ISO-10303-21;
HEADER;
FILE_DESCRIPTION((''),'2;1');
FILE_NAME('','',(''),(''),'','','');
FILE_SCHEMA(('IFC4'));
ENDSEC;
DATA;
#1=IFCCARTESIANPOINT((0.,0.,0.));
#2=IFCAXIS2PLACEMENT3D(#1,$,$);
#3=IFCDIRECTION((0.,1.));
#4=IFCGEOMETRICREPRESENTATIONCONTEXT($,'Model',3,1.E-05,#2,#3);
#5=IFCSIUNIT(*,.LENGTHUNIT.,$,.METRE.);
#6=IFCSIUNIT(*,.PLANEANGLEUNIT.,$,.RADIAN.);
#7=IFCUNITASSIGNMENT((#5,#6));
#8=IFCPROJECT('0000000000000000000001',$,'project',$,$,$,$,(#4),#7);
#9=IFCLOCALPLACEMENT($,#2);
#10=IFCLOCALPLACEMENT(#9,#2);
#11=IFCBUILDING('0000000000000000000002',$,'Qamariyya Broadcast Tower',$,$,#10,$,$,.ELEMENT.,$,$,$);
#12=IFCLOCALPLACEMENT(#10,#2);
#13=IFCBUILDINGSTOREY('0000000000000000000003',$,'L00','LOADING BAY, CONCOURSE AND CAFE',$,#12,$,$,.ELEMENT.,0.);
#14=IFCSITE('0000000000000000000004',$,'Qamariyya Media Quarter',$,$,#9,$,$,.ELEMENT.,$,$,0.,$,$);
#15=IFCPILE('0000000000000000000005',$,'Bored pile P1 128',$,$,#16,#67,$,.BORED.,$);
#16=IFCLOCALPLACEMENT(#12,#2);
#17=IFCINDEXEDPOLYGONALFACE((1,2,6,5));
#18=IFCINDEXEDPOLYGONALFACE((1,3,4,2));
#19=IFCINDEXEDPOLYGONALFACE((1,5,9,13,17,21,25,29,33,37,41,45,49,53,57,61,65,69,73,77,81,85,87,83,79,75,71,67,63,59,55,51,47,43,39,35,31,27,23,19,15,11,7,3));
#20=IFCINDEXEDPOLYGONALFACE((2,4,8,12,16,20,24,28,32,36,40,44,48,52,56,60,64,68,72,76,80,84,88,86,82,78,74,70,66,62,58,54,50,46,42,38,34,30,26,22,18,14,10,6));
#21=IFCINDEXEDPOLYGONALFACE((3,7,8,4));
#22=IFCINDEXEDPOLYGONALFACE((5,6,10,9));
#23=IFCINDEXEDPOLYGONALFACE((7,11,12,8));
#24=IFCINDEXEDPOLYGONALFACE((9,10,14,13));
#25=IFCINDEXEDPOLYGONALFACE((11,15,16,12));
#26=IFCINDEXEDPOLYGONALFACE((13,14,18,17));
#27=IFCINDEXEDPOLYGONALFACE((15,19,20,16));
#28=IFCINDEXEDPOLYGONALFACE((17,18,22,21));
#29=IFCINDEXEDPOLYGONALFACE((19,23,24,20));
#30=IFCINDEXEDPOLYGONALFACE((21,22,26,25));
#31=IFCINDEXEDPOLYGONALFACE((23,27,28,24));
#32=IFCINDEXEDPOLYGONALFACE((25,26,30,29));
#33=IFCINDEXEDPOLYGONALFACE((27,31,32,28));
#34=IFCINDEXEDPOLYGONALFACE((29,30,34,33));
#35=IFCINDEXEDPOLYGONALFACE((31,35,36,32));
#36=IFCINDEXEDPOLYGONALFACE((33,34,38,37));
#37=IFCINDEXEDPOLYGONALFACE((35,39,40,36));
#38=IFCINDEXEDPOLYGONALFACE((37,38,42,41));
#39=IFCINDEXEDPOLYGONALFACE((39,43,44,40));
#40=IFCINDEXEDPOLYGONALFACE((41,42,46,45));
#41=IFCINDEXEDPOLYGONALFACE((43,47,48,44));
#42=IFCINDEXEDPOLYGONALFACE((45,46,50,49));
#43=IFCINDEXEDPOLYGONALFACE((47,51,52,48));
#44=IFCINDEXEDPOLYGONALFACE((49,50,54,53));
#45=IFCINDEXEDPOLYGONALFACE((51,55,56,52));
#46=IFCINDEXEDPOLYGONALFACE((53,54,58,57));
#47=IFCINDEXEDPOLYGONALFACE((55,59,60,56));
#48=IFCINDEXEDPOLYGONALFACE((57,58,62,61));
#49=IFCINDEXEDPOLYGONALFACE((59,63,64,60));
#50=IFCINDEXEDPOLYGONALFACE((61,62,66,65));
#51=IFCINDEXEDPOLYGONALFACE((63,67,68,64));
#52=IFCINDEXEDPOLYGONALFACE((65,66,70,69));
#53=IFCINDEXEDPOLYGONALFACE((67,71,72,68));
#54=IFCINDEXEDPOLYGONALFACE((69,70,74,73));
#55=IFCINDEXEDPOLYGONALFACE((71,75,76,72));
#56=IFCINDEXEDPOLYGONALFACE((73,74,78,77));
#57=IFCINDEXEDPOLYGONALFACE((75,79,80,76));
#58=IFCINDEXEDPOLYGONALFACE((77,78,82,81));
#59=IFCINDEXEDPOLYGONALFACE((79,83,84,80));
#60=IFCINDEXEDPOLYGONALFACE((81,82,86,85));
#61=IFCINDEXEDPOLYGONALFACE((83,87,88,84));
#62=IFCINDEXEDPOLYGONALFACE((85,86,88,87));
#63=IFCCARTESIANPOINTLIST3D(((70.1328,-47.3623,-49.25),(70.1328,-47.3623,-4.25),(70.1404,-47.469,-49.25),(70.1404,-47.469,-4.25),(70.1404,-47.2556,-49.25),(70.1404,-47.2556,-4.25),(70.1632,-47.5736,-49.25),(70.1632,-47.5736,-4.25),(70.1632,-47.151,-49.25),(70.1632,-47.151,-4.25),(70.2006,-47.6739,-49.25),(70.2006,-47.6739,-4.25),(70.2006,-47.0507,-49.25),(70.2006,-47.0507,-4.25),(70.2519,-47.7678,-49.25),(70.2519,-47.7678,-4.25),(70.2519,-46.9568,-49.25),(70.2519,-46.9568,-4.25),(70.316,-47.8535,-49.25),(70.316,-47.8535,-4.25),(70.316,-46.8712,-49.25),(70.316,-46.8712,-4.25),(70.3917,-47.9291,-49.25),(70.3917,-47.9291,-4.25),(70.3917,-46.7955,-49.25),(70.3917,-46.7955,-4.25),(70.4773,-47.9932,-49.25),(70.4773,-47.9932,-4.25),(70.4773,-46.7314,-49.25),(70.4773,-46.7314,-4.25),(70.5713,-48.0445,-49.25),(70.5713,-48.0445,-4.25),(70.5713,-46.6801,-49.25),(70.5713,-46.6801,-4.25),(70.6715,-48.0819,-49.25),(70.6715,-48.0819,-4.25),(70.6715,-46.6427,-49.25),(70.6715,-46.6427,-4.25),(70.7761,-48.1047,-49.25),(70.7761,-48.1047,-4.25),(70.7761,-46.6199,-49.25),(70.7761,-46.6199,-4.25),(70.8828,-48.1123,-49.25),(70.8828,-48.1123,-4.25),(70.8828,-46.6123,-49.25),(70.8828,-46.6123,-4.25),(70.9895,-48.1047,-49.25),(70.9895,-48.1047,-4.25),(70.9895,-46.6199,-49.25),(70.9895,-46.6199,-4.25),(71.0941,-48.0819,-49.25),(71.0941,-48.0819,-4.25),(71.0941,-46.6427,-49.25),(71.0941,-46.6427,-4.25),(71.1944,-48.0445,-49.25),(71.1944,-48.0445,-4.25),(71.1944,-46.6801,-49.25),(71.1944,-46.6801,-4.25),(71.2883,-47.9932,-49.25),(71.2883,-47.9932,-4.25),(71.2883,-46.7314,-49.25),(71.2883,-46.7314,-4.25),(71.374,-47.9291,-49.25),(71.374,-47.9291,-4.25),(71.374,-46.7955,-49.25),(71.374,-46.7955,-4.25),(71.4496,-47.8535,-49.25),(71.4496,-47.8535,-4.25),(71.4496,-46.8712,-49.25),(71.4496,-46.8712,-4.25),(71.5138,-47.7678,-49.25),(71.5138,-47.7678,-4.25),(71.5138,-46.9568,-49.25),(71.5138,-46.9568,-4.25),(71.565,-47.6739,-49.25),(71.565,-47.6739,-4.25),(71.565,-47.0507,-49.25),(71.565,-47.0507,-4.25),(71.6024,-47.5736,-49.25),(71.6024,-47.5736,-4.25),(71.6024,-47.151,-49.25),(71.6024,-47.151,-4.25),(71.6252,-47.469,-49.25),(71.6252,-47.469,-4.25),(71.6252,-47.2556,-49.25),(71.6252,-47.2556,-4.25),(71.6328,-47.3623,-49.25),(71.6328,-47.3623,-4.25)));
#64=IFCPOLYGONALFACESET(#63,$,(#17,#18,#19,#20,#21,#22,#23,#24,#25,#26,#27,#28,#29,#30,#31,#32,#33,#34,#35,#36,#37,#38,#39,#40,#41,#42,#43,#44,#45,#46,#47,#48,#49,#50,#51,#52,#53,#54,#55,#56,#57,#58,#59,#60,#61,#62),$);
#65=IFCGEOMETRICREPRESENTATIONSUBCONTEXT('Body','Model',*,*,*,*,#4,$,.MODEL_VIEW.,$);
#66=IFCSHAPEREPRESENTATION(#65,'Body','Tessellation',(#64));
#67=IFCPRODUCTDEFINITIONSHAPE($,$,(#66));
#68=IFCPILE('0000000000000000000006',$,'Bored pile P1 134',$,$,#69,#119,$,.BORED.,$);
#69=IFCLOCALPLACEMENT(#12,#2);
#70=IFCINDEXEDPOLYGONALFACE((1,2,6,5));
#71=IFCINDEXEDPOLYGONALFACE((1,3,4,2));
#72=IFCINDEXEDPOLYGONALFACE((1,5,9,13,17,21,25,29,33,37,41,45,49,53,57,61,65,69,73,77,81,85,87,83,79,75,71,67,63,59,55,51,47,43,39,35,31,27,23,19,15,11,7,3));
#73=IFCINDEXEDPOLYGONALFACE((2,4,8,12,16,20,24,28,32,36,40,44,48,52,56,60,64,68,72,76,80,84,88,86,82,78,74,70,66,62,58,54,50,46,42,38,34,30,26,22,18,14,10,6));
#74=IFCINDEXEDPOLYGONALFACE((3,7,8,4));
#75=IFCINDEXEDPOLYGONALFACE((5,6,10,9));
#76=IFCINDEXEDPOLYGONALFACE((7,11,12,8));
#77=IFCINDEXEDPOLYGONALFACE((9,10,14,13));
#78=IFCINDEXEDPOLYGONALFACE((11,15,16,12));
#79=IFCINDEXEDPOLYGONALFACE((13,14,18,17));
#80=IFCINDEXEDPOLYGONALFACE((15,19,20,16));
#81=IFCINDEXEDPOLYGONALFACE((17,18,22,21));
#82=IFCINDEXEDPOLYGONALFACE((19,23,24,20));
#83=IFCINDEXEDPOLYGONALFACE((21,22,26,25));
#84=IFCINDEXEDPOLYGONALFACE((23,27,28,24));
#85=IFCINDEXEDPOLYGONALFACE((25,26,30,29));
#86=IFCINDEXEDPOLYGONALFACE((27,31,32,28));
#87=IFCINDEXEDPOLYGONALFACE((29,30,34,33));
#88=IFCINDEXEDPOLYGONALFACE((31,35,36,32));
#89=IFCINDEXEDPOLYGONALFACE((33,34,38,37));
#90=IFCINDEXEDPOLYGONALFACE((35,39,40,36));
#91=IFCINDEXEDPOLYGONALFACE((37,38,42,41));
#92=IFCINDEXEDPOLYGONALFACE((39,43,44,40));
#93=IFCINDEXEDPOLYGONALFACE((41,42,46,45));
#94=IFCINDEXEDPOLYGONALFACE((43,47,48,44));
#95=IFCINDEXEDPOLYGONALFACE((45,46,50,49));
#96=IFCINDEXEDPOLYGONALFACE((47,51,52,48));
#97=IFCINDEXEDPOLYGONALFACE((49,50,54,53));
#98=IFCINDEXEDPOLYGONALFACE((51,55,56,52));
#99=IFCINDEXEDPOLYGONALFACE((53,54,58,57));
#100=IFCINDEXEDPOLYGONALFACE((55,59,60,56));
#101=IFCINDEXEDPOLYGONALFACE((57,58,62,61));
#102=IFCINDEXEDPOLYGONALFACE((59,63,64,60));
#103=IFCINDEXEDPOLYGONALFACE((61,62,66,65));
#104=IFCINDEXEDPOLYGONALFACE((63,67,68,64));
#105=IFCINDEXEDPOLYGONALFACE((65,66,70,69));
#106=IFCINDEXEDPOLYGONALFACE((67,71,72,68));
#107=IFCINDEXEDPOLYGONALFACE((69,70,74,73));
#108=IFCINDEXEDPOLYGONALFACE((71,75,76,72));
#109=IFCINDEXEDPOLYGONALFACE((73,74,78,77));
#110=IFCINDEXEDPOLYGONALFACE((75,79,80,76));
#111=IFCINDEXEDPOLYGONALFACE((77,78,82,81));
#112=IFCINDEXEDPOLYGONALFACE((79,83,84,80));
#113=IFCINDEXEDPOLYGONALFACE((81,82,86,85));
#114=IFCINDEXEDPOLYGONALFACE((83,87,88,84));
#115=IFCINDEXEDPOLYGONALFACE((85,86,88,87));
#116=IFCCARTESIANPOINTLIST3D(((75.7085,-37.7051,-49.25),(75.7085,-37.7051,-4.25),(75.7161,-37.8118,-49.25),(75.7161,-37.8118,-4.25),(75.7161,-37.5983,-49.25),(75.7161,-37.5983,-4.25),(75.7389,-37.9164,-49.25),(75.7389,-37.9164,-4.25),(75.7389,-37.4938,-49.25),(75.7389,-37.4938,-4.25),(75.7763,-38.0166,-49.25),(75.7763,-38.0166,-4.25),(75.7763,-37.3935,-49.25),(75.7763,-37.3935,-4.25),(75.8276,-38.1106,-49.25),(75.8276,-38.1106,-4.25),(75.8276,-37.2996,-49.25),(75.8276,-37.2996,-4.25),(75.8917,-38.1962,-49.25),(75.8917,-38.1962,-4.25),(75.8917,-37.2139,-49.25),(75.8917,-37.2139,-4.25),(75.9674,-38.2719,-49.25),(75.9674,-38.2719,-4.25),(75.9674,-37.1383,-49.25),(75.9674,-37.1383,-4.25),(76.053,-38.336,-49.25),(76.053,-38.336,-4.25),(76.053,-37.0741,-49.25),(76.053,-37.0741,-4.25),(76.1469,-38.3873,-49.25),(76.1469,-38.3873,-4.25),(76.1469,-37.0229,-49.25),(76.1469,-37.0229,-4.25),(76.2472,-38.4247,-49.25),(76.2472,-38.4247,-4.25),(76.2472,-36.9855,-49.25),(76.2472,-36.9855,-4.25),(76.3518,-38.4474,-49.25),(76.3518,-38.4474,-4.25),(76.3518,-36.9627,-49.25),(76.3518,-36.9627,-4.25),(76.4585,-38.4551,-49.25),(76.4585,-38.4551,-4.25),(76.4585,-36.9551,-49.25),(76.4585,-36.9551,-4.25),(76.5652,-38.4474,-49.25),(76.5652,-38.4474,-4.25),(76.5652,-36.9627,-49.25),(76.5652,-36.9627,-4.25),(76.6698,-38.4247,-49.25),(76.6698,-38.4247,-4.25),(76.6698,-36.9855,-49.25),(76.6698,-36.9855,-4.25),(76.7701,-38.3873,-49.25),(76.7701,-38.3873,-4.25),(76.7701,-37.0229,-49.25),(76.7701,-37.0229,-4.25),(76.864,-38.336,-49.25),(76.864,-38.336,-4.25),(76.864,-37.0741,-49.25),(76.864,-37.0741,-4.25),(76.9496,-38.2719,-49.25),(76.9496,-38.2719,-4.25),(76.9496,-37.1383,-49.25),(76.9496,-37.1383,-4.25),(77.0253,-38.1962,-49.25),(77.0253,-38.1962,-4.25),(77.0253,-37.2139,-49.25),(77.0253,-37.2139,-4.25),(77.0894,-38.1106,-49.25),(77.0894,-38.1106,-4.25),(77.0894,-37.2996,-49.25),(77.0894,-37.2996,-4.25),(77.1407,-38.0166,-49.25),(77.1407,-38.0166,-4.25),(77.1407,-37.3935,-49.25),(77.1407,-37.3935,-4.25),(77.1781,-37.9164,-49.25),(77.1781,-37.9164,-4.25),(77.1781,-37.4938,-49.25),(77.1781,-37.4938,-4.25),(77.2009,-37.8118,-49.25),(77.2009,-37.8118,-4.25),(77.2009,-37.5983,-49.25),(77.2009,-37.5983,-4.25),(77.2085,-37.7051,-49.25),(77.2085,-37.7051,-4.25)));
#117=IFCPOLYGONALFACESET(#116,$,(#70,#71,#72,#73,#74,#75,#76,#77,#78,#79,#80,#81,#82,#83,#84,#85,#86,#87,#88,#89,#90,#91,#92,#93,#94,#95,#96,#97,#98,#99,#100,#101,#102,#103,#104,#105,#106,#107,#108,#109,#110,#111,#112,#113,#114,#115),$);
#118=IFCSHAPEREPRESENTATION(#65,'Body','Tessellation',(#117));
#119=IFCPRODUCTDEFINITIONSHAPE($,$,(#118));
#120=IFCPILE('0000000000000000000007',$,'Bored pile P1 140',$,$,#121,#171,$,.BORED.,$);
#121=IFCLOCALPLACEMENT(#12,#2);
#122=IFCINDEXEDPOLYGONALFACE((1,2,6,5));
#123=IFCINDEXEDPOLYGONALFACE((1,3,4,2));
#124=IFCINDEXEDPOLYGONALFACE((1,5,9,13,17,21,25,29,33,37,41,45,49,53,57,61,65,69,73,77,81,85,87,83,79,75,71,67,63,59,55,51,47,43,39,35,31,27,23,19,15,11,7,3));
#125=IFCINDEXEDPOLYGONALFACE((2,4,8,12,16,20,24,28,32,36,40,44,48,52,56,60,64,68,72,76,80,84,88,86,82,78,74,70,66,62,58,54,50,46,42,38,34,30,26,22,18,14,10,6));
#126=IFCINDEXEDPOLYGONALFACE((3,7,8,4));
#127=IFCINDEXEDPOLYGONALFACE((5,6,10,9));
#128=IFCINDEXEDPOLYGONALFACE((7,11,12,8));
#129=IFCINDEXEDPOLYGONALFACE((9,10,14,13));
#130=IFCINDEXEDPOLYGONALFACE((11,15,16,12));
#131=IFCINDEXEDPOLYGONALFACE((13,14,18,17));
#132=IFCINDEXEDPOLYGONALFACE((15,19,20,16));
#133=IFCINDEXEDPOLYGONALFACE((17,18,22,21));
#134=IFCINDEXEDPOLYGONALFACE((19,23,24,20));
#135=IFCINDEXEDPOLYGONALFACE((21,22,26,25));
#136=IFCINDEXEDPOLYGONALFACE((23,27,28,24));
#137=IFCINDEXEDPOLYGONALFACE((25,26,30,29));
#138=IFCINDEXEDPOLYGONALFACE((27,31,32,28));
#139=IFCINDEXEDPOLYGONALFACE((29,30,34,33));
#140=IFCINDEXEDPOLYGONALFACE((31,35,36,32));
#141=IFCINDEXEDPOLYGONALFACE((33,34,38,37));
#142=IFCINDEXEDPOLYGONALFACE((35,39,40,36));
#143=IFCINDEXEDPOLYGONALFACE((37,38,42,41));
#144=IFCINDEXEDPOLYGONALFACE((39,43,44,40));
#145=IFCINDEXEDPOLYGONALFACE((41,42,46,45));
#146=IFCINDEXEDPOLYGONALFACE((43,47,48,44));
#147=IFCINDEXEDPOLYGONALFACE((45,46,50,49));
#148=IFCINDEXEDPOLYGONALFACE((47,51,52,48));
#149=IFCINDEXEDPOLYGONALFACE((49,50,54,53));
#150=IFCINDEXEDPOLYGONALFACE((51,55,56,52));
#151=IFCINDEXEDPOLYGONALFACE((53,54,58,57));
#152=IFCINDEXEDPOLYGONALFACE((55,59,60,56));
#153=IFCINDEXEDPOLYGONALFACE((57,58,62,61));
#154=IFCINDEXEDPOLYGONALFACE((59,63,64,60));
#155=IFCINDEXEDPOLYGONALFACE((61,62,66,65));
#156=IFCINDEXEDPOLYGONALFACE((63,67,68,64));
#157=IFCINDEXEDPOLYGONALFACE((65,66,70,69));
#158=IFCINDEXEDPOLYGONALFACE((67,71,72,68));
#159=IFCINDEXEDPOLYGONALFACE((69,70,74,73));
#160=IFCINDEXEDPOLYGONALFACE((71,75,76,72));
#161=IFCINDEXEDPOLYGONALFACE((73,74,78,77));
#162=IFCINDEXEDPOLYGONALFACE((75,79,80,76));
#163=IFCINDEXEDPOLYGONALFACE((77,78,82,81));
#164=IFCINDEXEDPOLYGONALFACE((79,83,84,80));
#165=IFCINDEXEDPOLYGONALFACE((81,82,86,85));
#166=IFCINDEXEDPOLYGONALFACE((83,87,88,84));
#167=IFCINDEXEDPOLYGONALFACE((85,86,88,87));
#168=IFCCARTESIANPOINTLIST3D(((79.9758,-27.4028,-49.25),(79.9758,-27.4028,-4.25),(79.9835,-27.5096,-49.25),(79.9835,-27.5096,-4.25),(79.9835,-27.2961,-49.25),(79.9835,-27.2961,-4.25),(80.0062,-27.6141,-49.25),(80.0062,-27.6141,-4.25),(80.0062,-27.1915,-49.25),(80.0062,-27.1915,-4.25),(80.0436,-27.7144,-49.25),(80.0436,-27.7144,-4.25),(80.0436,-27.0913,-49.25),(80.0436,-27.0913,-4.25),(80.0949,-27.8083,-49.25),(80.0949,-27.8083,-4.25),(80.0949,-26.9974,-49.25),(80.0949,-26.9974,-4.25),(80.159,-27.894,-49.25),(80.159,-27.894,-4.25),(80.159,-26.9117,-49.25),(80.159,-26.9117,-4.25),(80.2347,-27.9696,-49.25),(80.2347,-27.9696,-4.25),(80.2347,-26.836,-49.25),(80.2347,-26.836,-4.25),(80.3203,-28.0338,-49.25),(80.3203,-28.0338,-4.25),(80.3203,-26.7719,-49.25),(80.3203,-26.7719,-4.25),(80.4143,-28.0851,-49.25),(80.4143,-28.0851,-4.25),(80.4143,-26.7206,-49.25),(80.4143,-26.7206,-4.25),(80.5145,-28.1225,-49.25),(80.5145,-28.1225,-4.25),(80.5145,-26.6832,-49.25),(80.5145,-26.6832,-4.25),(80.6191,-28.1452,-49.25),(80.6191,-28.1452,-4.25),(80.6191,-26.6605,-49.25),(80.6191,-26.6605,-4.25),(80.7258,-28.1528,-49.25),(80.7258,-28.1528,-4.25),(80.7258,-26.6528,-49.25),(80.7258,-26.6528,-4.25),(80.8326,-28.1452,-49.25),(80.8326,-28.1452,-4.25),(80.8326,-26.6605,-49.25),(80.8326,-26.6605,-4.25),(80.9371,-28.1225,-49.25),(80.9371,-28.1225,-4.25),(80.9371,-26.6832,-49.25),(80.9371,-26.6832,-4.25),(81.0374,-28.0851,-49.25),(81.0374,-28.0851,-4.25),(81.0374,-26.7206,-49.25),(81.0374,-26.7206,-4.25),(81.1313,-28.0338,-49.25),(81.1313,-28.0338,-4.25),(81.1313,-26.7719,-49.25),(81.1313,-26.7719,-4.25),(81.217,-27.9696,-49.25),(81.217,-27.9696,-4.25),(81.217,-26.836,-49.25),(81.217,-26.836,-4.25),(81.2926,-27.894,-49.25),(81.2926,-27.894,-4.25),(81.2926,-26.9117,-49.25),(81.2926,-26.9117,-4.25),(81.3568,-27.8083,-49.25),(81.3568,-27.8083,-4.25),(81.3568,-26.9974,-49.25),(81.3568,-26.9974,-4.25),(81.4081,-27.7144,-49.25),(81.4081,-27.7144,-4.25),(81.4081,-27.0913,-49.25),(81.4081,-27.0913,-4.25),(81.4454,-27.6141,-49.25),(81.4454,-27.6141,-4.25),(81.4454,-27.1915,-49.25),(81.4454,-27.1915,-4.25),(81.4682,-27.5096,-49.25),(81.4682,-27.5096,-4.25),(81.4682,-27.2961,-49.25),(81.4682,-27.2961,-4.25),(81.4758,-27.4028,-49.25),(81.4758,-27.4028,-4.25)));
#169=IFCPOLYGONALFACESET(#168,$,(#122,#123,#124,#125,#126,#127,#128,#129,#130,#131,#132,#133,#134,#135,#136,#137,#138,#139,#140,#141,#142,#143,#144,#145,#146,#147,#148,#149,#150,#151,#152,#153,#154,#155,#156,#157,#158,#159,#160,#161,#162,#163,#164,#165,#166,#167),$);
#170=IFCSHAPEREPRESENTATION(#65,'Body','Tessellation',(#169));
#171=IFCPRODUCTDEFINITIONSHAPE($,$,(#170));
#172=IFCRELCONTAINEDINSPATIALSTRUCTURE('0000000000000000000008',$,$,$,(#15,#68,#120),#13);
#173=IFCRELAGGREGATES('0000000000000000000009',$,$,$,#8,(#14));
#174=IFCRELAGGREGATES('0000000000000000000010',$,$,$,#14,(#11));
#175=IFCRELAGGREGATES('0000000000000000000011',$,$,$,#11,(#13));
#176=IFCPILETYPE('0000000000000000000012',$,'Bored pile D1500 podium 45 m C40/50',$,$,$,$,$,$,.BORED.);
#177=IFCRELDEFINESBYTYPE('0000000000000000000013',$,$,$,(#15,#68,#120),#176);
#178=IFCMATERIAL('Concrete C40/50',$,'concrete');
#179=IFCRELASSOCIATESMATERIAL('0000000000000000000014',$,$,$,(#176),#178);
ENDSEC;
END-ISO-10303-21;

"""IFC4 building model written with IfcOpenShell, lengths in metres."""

from ifc_helpers import new_model, si_unit, direction, frame, origin, origin_2d, place, context, subcontext, project, spatial, circle, extrude, material, material_profile, profile_set, type_object, element, save


model = new_model("IFC4")

# Units and contexts
model_context = context("Model", 3, precision=1e-05, world=origin(), true_north=direction((0.0, 1.0)))
body_context = subcontext(model_context, "Body", "Model", "MODEL_VIEW")
ifc_project = project(units=[si_unit("LENGTHUNIT", "METRE"), si_unit("PLANEANGLEUNIT", "RADIAN")], contexts=[model_context])

# Site, building, storey
site_placement = place(None, origin())
site = spatial("IfcSite", under=ifc_project, at=site_placement, Name="Qamariyya Media Quarter", CompositionType="ELEMENT", RefElevation=0.0)
building_placement = place(site_placement, origin())
building = spatial("IfcBuilding", under=site, at=building_placement, Name="Qamariyya Broadcast Tower", CompositionType="ELEMENT")
storey_placement = place(building_placement, origin())
storey = spatial("IfcBuildingStorey", under=building, at=storey_placement, Name="L00", Description="LOADING BAY, CONCOURSE AND CAFE", CompositionType="ELEMENT", Elevation=0.0)

# Piles
ifc_material_1 = material(Name="Concrete C40/50", Category="concrete")
ifc_material_profile_1 = material_profile(ifc_material_1, circle(Radius=0.75, at=origin_2d()))
ifc_profile_set_1 = profile_set([ifc_material_profile_1], Name="Concrete C40/50")
pile_type_1 = type_object("IfcPileType", Name="Bored pile D1500 podium 45 m C40/50", PredefinedType="BORED", material=ifc_profile_set_1)
for number, where, z_axis, x_axis, name in (
    (1, (70.8828, -47.3623, -4.25), (0.0, 0.0, -1.0), (1.0, 0.0, 0.0), "Bored pile P1 128"),
    (2, (76.4585, -37.7051, -4.25), (0.0, 0.0, -1.0), (1.0, 0.0, 0.0), "Bored pile P1 134"),
    (3, (80.7258, -27.4028, -4.25), (0.0, 0.0, -1.0), (1.0, 0.0, 0.0), "Bored pile P1 140"),
):
    element("IfcPile", number, at=place(storey_placement, frame(where, z_axis=z_axis, x_axis=x_axis)), inside=storey, type_object=pile_type_1, Name=name, PredefinedType="BORED", context=body_context, shape_type="SweptSolid", body=[
        extrude(circle(Radius=0.75, at=origin_2d()), origin(), (0.0, 0.0, 1.0), 45.0),
    ])

save(model, "model.ifc")
